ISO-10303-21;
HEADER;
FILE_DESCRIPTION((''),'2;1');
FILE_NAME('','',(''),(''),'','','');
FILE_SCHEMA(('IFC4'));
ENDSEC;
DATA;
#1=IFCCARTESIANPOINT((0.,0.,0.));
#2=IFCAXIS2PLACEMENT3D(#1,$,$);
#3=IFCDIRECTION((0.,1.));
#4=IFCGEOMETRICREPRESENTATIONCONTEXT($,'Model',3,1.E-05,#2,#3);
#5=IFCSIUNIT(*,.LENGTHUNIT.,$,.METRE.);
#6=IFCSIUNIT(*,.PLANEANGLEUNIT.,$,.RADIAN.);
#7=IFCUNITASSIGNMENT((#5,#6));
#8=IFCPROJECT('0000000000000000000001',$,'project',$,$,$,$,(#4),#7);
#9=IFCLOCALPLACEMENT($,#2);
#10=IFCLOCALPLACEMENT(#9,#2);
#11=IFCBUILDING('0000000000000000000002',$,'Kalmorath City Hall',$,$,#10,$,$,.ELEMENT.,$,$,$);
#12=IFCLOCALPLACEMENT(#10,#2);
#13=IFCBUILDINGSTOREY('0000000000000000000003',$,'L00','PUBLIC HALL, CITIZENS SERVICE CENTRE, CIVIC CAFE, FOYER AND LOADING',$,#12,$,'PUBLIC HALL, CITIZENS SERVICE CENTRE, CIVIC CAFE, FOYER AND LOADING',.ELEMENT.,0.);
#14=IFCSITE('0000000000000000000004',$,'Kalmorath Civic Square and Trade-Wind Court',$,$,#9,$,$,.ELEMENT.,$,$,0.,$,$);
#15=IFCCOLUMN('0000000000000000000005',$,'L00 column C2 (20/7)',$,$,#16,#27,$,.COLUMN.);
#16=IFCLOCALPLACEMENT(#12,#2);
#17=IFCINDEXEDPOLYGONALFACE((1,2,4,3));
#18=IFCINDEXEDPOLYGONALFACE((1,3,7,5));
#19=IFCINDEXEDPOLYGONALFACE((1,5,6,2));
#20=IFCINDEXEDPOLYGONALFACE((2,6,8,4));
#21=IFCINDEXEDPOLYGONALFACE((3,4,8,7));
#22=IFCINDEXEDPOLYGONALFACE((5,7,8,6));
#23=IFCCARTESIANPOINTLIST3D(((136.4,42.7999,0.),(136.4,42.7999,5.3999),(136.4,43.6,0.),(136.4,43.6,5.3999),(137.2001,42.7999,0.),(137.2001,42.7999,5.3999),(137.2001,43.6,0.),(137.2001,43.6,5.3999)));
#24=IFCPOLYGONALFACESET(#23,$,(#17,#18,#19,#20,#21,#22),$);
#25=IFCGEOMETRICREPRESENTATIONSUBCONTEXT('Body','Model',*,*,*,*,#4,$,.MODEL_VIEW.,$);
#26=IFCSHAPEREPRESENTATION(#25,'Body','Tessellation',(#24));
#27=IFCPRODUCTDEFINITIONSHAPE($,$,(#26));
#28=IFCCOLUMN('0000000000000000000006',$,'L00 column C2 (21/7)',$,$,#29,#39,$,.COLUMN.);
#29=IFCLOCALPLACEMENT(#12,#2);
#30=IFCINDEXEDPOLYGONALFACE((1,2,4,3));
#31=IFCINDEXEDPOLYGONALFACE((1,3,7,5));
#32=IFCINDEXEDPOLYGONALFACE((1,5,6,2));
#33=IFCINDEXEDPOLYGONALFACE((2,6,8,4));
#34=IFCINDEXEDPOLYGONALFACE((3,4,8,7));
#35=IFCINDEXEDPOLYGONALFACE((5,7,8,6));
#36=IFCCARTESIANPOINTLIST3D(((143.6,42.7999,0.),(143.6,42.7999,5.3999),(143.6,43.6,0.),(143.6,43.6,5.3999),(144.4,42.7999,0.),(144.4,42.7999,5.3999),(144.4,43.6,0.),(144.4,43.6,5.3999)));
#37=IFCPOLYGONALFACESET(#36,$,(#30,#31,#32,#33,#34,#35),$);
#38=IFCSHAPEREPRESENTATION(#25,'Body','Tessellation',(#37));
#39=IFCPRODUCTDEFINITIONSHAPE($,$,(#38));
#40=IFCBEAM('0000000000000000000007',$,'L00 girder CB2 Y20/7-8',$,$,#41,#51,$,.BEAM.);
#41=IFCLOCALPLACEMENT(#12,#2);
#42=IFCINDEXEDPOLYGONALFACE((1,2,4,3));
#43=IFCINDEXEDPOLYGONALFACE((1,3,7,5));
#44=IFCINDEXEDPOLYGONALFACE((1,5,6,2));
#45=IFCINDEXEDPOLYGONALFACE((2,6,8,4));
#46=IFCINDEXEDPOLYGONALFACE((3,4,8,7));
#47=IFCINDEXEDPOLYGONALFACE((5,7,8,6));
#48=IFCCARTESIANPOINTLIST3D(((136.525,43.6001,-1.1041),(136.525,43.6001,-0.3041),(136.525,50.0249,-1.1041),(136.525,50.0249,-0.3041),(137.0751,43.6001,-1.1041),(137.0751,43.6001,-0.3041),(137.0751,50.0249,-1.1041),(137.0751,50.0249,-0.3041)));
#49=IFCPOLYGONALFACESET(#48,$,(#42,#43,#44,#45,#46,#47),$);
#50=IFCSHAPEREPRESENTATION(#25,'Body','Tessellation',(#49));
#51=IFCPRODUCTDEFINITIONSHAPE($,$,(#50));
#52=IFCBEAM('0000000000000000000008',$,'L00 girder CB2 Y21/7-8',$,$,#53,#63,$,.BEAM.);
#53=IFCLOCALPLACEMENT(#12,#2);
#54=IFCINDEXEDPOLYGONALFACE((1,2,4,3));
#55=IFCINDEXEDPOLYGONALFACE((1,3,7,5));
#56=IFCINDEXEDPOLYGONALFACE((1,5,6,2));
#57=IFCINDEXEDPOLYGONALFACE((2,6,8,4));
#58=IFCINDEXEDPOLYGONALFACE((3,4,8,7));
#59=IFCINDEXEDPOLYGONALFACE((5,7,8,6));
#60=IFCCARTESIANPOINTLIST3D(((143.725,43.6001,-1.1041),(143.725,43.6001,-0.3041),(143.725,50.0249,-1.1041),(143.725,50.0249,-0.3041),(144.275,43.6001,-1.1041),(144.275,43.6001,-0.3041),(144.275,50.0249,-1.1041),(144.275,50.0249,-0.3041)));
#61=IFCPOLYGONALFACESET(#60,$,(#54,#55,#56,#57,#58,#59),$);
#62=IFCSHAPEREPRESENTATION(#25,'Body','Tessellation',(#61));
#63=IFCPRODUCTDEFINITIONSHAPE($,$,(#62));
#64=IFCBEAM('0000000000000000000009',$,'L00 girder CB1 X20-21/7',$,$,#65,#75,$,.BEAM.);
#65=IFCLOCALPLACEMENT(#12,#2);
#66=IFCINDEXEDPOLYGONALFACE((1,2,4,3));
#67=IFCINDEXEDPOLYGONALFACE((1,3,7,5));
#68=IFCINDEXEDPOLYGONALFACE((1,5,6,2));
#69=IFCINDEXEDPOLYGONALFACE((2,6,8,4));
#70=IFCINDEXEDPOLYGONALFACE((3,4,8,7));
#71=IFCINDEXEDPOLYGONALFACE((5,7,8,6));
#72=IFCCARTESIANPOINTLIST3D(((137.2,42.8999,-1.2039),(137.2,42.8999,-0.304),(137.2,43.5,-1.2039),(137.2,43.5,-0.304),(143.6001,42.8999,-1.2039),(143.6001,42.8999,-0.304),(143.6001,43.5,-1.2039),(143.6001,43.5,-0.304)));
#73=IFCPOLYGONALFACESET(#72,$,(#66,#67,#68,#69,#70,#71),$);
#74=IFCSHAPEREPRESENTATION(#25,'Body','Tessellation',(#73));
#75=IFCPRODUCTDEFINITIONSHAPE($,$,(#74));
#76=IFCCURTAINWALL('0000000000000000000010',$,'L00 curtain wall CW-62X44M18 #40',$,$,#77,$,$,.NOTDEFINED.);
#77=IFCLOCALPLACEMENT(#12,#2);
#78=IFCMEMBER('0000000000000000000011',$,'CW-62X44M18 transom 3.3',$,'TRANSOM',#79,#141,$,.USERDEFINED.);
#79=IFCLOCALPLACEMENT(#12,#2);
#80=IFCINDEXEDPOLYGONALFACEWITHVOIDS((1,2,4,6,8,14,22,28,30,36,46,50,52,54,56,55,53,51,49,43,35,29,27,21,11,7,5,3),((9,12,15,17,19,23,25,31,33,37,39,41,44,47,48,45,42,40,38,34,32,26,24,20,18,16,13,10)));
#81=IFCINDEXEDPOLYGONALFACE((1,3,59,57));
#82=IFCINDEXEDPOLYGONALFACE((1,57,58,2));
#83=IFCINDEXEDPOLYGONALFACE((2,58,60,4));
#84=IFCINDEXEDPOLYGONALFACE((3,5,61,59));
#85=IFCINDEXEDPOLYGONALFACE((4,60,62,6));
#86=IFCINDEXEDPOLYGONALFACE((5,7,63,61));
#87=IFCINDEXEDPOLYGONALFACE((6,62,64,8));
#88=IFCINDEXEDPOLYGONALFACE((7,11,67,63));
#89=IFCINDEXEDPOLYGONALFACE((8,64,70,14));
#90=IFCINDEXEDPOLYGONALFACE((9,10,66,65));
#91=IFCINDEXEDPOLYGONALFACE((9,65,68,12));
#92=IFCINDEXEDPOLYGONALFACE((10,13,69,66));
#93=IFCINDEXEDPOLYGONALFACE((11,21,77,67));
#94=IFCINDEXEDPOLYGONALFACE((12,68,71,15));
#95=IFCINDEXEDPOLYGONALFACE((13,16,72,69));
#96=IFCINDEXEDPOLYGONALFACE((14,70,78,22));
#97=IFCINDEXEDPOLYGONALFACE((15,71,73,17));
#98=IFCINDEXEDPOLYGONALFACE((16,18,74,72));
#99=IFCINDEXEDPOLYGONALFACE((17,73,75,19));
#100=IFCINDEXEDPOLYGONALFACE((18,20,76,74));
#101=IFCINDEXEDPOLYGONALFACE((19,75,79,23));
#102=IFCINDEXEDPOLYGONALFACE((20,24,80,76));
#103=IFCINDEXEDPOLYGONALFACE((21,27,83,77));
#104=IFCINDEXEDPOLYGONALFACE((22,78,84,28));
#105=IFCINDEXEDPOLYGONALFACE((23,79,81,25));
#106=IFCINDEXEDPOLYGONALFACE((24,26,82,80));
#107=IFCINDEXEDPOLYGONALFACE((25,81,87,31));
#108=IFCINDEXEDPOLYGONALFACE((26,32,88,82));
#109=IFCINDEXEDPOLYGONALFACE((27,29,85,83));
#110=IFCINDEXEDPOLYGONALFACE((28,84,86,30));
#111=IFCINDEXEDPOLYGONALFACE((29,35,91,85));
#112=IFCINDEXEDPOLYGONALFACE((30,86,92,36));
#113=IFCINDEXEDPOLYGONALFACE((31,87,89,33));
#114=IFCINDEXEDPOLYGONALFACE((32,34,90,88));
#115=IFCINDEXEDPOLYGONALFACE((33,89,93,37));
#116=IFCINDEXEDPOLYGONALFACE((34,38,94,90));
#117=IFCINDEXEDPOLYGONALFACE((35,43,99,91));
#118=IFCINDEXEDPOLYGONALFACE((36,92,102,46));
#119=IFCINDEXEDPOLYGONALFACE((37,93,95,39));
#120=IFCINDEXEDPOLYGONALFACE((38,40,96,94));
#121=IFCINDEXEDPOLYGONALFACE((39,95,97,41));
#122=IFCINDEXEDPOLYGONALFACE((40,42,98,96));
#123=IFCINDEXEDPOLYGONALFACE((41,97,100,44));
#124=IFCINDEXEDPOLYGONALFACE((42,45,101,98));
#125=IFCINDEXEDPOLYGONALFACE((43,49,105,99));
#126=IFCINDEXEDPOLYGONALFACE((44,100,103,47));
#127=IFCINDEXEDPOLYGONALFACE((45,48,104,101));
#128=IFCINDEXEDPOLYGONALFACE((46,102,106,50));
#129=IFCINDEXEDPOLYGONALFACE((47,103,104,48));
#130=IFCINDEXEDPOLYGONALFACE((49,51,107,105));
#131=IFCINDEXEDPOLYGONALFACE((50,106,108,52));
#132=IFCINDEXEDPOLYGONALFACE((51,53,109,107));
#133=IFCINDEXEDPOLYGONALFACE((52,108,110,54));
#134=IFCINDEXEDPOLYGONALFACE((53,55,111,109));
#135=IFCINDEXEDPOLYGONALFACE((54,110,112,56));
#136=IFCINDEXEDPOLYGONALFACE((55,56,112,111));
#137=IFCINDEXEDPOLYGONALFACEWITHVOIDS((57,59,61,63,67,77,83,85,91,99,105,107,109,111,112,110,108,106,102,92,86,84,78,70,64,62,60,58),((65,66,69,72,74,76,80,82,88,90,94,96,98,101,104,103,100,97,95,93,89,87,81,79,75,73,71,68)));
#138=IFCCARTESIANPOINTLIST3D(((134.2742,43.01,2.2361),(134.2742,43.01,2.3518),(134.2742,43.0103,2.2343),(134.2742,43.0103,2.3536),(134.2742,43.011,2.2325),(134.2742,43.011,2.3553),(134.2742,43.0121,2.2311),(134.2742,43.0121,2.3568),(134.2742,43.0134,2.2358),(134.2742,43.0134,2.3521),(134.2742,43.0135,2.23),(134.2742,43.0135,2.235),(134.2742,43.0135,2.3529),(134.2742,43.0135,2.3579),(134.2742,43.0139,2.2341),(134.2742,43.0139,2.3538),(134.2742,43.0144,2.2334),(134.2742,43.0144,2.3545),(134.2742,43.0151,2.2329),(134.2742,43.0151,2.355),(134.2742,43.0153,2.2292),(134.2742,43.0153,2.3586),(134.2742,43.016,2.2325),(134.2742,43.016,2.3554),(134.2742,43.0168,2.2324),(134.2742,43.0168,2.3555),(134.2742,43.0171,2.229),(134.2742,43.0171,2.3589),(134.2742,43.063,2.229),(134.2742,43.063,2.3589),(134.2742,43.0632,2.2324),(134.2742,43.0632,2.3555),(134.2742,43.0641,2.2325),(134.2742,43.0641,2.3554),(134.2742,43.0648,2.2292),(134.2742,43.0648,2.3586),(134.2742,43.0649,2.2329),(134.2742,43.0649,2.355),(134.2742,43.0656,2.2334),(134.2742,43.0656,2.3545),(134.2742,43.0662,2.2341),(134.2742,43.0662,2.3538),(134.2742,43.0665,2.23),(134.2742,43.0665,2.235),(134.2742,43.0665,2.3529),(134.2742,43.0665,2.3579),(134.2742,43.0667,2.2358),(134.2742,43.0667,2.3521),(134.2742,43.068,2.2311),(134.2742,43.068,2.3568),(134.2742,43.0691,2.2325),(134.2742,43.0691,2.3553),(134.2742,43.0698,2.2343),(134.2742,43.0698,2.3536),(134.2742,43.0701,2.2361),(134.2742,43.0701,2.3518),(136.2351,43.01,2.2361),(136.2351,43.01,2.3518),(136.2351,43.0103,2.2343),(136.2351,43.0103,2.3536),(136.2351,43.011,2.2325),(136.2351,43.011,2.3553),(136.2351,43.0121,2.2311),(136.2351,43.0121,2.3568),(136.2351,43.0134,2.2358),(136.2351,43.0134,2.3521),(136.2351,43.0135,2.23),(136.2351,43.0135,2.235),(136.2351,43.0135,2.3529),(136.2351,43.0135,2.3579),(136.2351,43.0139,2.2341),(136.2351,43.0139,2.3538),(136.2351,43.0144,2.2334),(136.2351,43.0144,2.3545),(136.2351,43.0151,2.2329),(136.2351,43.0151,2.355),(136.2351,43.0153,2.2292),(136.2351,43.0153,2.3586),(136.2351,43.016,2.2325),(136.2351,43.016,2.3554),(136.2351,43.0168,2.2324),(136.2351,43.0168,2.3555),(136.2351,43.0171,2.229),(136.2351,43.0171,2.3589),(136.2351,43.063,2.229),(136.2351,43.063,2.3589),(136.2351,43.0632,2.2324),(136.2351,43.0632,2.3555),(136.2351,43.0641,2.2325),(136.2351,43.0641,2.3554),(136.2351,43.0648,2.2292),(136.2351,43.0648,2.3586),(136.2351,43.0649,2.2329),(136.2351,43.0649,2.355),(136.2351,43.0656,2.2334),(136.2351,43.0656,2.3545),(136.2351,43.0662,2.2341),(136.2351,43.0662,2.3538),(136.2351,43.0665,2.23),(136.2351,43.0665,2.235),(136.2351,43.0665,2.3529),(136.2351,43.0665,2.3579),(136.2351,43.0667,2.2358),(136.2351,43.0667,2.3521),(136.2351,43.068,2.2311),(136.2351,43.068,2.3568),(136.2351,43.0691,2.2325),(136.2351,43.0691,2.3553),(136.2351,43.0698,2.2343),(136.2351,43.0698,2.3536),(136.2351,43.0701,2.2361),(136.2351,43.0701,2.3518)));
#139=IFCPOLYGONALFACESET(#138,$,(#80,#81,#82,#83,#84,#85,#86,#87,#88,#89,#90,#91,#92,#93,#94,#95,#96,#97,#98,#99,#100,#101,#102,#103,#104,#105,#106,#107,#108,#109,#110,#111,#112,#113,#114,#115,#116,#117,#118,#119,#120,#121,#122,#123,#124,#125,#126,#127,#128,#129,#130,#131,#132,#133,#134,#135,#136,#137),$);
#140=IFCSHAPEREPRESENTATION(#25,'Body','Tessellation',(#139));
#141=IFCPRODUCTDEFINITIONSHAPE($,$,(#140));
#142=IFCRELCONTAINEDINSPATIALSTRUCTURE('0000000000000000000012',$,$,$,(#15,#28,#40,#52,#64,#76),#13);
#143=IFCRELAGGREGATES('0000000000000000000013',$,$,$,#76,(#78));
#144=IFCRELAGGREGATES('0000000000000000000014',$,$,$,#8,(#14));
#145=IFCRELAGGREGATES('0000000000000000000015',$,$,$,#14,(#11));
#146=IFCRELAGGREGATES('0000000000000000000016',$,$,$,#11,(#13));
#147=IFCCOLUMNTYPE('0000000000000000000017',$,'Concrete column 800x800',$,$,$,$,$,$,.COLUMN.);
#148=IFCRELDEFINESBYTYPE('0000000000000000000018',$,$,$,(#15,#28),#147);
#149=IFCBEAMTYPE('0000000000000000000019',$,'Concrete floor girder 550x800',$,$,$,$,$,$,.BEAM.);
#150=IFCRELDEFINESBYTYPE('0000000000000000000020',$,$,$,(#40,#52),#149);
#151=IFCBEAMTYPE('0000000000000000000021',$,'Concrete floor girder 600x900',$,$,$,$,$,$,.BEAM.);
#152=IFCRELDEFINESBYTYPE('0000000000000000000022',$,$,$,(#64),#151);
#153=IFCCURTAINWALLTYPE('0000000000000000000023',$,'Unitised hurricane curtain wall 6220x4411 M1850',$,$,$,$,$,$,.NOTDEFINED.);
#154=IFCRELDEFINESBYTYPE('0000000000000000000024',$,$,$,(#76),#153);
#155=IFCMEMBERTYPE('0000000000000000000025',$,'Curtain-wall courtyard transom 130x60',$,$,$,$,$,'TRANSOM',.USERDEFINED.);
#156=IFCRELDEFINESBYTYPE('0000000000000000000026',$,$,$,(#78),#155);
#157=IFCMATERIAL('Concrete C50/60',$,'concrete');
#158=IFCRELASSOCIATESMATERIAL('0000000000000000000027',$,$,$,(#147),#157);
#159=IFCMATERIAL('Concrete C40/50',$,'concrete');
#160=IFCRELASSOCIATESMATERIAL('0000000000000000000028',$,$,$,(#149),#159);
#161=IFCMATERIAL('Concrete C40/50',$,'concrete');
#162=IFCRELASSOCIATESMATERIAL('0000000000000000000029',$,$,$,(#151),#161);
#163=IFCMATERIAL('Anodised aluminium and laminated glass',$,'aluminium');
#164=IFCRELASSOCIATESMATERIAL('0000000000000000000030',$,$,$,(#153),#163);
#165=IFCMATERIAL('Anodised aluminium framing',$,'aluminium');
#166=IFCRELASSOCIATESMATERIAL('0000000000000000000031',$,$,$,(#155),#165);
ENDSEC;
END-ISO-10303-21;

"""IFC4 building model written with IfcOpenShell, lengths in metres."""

from ifc_helpers import new_model, si_unit, direction, frame, origin, origin_2d, place, context, subcontext, project, spatial, rectangle, hollow_rectangle, extrude, material, material_profile, profile_set, type_object, element, aggregate, save


model = new_model("IFC4")

# Units and contexts
model_context = context("Model", 3, precision=1e-05, world=origin(), true_north=direction((0.0, 1.0)))
body_context = subcontext(model_context, "Body", "Model", "MODEL_VIEW")
ifc_project = project(units=[si_unit("LENGTHUNIT", "METRE"), si_unit("PLANEANGLEUNIT", "RADIAN")], contexts=[model_context])

# Site, building, storey
site_placement = place(None, origin())
site = spatial("IfcSite", under=ifc_project, at=site_placement, Name="Kalmorath Civic Square and Trade-Wind Court", CompositionType="ELEMENT", RefElevation=0.0)
building_placement = place(site_placement, origin())
building = spatial("IfcBuilding", under=site, at=building_placement, Name="Kalmorath City Hall", CompositionType="ELEMENT")
storey_placement = place(building_placement, origin())
storey = spatial("IfcBuildingStorey", under=building, at=storey_placement, Name="L00", Description="PUBLIC HALL, CITIZENS SERVICE CENTRE, CIVIC CAFE, FOYER AND LOADING", LongName="PUBLIC HALL, CITIZENS SERVICE CENTRE, CIVIC CAFE, FOYER AND LOADING", CompositionType="ELEMENT", Elevation=0.0)

# Columns
ifc_material_1 = material(Name="Concrete C50/60", Category="concrete")
ifc_material_profile_1 = material_profile(ifc_material_1, rectangle(XDim=0.8, YDim=0.8, at=origin_2d()), Name="RC-COL-800X800")
ifc_profile_set_1 = profile_set([ifc_material_profile_1], Name="Concrete C50/60")
column_type = type_object("IfcColumnType", Name="Concrete column 800x800", PredefinedType="COLUMN", material=ifc_profile_set_1)
for number, where, z_axis, x_axis, name in (
    (1, (136.8, 43.2, 0.0), (0.0, 0.0, 1.0), (1.0, 0.0, 0.0), "L00 column C2 (20/7)"),
    (2, (144.0, 43.2, 0.0), (0.0, 0.0, 1.0), (1.0, 0.0, 0.0), "L00 column C2 (21/7)"),
):
    element("IfcColumn", number, at=place(storey_placement, frame(where, z_axis=z_axis, x_axis=x_axis)), inside=storey, type_object=column_type, Name=name, PredefinedType="COLUMN", context=body_context, shape_type="SweptSolid", body=[
        extrude(rectangle(XDim=0.8, YDim=0.8, at=origin_2d()), origin(), (0.0, 0.0, 1.0), 5.3999),
    ])

# Beams
ifc_material_2 = material(Name="Concrete C40/50", Category="concrete")
ifc_material_profile_2 = material_profile(ifc_material_2, rectangle(XDim=0.55, YDim=0.8, at=origin_2d()), Name="RC-BM-550X800")
ifc_profile_set_2 = profile_set([ifc_material_profile_2], Name="Concrete C40/50")
beam_type_1 = type_object("IfcBeamType", Name="Concrete floor girder 550x800", PredefinedType="BEAM", material=ifc_profile_set_2)
for number, where, z_axis, x_axis, name in (
    (3, (136.8, 43.6001, -0.7041), (0.0, 1.0, 0.0), (-1.0, 0.0, 0.0), "L00 girder CB2 Y20/7-8"),
    (4, (144.0, 43.6001, -0.7041), (0.0, 1.0, 0.0), (-1.0, 0.0, 0.0), "L00 girder CB2 Y21/7-8"),
):
    element("IfcBeam", number, at=place(storey_placement, frame(where, z_axis=z_axis, x_axis=x_axis)), inside=storey, type_object=beam_type_1, Name=name, PredefinedType="BEAM", context=body_context, shape_type="SweptSolid", body=[
        extrude(rectangle(XDim=0.55, YDim=0.8, at=origin_2d()), origin(), (0.0, 0.0, 1.0), 6.4248),
    ])
ifc_material_3 = material(Name="Concrete C40/50", Category="concrete")
ifc_material_profile_3 = material_profile(ifc_material_3, rectangle(XDim=0.6001, YDim=0.8999, at=origin_2d()), Name="RC-BM-600X900")
ifc_profile_set_3 = profile_set([ifc_material_profile_3], Name="Concrete C40/50")
beam_type_2 = type_object("IfcBeamType", Name="Concrete floor girder 600x900", PredefinedType="BEAM", material=ifc_profile_set_3)
beam_1_placement = place(storey_placement, frame((137.2, 43.2, -0.7539), z_axis=(1.0, 0.0, 0.0), x_axis=(0.0, 1.0, 0.0)))
element("IfcBeam", 5, at=beam_1_placement, inside=storey, type_object=beam_type_2, Name="L00 girder CB1 X20-21/7", PredefinedType="BEAM", context=body_context, shape_type="SweptSolid", body=[
    extrude(rectangle(XDim=0.6001, YDim=0.8999, at=origin_2d()), origin(), (0.0, 0.0, 1.0), 6.4001),
])

# Curtain wall, member
ifc_material_4 = material(Name="Anodised aluminium and laminated glass", Category="aluminium")
curtain_wall_type_1 = type_object("IfcCurtainWallType", Name="Unitised hurricane curtain wall 6220x4411 M1850", PredefinedType="NOTDEFINED", material=ifc_material_4)
curtain_wall_1_placement = place(storey_placement, origin())
curtain_wall_1 = element("IfcCurtainWall", 6, at=curtain_wall_1_placement, inside=storey, type_object=curtain_wall_type_1, Name="L00 curtain wall CW-62X44M18 #40", PredefinedType="NOTDEFINED")
ifc_material_5 = material(Name="Anodised aluminium framing", Category="aluminium")
ifc_material_profile_4 = material_profile(ifc_material_5, hollow_rectangle(XDim=0.0601, YDim=0.1299, WallThickness=0.0034, InnerFilletRadius=0.0034, OuterFilletRadius=0.0071, at=origin_2d()), Name="ALU-TRN-130X60X3.5")
ifc_profile_set_4 = profile_set([ifc_material_profile_4], Name="Anodised aluminium framing")
member_type_1 = type_object("IfcMemberType", Name="Curtain-wall courtyard transom 130x60", ElementType="TRANSOM", PredefinedType="USERDEFINED", material=ifc_profile_set_4)
member_1_placement = place(storey_placement, frame((134.2742, 43.04, 2.2939), z_axis=(1.0, 0.0, 0.0), x_axis=(0.0, 1.0, 0.0)))
member_1 = element("IfcMember", 7, at=member_1_placement, type_object=member_type_1, Name="CW-62X44M18 transom 3.3", ObjectType="TRANSOM", PredefinedType="USERDEFINED", context=body_context, shape_type="SweptSolid", body=[
    extrude(hollow_rectangle(XDim=0.0601, YDim=0.1299, WallThickness=0.0034, InnerFilletRadius=0.0034, OuterFilletRadius=0.0071, at=origin_2d()), origin(), (0.0, 0.0, 1.0), 1.9609),
])

aggregate(curtain_wall_1, [member_1])

save(model, "model.ifc")
